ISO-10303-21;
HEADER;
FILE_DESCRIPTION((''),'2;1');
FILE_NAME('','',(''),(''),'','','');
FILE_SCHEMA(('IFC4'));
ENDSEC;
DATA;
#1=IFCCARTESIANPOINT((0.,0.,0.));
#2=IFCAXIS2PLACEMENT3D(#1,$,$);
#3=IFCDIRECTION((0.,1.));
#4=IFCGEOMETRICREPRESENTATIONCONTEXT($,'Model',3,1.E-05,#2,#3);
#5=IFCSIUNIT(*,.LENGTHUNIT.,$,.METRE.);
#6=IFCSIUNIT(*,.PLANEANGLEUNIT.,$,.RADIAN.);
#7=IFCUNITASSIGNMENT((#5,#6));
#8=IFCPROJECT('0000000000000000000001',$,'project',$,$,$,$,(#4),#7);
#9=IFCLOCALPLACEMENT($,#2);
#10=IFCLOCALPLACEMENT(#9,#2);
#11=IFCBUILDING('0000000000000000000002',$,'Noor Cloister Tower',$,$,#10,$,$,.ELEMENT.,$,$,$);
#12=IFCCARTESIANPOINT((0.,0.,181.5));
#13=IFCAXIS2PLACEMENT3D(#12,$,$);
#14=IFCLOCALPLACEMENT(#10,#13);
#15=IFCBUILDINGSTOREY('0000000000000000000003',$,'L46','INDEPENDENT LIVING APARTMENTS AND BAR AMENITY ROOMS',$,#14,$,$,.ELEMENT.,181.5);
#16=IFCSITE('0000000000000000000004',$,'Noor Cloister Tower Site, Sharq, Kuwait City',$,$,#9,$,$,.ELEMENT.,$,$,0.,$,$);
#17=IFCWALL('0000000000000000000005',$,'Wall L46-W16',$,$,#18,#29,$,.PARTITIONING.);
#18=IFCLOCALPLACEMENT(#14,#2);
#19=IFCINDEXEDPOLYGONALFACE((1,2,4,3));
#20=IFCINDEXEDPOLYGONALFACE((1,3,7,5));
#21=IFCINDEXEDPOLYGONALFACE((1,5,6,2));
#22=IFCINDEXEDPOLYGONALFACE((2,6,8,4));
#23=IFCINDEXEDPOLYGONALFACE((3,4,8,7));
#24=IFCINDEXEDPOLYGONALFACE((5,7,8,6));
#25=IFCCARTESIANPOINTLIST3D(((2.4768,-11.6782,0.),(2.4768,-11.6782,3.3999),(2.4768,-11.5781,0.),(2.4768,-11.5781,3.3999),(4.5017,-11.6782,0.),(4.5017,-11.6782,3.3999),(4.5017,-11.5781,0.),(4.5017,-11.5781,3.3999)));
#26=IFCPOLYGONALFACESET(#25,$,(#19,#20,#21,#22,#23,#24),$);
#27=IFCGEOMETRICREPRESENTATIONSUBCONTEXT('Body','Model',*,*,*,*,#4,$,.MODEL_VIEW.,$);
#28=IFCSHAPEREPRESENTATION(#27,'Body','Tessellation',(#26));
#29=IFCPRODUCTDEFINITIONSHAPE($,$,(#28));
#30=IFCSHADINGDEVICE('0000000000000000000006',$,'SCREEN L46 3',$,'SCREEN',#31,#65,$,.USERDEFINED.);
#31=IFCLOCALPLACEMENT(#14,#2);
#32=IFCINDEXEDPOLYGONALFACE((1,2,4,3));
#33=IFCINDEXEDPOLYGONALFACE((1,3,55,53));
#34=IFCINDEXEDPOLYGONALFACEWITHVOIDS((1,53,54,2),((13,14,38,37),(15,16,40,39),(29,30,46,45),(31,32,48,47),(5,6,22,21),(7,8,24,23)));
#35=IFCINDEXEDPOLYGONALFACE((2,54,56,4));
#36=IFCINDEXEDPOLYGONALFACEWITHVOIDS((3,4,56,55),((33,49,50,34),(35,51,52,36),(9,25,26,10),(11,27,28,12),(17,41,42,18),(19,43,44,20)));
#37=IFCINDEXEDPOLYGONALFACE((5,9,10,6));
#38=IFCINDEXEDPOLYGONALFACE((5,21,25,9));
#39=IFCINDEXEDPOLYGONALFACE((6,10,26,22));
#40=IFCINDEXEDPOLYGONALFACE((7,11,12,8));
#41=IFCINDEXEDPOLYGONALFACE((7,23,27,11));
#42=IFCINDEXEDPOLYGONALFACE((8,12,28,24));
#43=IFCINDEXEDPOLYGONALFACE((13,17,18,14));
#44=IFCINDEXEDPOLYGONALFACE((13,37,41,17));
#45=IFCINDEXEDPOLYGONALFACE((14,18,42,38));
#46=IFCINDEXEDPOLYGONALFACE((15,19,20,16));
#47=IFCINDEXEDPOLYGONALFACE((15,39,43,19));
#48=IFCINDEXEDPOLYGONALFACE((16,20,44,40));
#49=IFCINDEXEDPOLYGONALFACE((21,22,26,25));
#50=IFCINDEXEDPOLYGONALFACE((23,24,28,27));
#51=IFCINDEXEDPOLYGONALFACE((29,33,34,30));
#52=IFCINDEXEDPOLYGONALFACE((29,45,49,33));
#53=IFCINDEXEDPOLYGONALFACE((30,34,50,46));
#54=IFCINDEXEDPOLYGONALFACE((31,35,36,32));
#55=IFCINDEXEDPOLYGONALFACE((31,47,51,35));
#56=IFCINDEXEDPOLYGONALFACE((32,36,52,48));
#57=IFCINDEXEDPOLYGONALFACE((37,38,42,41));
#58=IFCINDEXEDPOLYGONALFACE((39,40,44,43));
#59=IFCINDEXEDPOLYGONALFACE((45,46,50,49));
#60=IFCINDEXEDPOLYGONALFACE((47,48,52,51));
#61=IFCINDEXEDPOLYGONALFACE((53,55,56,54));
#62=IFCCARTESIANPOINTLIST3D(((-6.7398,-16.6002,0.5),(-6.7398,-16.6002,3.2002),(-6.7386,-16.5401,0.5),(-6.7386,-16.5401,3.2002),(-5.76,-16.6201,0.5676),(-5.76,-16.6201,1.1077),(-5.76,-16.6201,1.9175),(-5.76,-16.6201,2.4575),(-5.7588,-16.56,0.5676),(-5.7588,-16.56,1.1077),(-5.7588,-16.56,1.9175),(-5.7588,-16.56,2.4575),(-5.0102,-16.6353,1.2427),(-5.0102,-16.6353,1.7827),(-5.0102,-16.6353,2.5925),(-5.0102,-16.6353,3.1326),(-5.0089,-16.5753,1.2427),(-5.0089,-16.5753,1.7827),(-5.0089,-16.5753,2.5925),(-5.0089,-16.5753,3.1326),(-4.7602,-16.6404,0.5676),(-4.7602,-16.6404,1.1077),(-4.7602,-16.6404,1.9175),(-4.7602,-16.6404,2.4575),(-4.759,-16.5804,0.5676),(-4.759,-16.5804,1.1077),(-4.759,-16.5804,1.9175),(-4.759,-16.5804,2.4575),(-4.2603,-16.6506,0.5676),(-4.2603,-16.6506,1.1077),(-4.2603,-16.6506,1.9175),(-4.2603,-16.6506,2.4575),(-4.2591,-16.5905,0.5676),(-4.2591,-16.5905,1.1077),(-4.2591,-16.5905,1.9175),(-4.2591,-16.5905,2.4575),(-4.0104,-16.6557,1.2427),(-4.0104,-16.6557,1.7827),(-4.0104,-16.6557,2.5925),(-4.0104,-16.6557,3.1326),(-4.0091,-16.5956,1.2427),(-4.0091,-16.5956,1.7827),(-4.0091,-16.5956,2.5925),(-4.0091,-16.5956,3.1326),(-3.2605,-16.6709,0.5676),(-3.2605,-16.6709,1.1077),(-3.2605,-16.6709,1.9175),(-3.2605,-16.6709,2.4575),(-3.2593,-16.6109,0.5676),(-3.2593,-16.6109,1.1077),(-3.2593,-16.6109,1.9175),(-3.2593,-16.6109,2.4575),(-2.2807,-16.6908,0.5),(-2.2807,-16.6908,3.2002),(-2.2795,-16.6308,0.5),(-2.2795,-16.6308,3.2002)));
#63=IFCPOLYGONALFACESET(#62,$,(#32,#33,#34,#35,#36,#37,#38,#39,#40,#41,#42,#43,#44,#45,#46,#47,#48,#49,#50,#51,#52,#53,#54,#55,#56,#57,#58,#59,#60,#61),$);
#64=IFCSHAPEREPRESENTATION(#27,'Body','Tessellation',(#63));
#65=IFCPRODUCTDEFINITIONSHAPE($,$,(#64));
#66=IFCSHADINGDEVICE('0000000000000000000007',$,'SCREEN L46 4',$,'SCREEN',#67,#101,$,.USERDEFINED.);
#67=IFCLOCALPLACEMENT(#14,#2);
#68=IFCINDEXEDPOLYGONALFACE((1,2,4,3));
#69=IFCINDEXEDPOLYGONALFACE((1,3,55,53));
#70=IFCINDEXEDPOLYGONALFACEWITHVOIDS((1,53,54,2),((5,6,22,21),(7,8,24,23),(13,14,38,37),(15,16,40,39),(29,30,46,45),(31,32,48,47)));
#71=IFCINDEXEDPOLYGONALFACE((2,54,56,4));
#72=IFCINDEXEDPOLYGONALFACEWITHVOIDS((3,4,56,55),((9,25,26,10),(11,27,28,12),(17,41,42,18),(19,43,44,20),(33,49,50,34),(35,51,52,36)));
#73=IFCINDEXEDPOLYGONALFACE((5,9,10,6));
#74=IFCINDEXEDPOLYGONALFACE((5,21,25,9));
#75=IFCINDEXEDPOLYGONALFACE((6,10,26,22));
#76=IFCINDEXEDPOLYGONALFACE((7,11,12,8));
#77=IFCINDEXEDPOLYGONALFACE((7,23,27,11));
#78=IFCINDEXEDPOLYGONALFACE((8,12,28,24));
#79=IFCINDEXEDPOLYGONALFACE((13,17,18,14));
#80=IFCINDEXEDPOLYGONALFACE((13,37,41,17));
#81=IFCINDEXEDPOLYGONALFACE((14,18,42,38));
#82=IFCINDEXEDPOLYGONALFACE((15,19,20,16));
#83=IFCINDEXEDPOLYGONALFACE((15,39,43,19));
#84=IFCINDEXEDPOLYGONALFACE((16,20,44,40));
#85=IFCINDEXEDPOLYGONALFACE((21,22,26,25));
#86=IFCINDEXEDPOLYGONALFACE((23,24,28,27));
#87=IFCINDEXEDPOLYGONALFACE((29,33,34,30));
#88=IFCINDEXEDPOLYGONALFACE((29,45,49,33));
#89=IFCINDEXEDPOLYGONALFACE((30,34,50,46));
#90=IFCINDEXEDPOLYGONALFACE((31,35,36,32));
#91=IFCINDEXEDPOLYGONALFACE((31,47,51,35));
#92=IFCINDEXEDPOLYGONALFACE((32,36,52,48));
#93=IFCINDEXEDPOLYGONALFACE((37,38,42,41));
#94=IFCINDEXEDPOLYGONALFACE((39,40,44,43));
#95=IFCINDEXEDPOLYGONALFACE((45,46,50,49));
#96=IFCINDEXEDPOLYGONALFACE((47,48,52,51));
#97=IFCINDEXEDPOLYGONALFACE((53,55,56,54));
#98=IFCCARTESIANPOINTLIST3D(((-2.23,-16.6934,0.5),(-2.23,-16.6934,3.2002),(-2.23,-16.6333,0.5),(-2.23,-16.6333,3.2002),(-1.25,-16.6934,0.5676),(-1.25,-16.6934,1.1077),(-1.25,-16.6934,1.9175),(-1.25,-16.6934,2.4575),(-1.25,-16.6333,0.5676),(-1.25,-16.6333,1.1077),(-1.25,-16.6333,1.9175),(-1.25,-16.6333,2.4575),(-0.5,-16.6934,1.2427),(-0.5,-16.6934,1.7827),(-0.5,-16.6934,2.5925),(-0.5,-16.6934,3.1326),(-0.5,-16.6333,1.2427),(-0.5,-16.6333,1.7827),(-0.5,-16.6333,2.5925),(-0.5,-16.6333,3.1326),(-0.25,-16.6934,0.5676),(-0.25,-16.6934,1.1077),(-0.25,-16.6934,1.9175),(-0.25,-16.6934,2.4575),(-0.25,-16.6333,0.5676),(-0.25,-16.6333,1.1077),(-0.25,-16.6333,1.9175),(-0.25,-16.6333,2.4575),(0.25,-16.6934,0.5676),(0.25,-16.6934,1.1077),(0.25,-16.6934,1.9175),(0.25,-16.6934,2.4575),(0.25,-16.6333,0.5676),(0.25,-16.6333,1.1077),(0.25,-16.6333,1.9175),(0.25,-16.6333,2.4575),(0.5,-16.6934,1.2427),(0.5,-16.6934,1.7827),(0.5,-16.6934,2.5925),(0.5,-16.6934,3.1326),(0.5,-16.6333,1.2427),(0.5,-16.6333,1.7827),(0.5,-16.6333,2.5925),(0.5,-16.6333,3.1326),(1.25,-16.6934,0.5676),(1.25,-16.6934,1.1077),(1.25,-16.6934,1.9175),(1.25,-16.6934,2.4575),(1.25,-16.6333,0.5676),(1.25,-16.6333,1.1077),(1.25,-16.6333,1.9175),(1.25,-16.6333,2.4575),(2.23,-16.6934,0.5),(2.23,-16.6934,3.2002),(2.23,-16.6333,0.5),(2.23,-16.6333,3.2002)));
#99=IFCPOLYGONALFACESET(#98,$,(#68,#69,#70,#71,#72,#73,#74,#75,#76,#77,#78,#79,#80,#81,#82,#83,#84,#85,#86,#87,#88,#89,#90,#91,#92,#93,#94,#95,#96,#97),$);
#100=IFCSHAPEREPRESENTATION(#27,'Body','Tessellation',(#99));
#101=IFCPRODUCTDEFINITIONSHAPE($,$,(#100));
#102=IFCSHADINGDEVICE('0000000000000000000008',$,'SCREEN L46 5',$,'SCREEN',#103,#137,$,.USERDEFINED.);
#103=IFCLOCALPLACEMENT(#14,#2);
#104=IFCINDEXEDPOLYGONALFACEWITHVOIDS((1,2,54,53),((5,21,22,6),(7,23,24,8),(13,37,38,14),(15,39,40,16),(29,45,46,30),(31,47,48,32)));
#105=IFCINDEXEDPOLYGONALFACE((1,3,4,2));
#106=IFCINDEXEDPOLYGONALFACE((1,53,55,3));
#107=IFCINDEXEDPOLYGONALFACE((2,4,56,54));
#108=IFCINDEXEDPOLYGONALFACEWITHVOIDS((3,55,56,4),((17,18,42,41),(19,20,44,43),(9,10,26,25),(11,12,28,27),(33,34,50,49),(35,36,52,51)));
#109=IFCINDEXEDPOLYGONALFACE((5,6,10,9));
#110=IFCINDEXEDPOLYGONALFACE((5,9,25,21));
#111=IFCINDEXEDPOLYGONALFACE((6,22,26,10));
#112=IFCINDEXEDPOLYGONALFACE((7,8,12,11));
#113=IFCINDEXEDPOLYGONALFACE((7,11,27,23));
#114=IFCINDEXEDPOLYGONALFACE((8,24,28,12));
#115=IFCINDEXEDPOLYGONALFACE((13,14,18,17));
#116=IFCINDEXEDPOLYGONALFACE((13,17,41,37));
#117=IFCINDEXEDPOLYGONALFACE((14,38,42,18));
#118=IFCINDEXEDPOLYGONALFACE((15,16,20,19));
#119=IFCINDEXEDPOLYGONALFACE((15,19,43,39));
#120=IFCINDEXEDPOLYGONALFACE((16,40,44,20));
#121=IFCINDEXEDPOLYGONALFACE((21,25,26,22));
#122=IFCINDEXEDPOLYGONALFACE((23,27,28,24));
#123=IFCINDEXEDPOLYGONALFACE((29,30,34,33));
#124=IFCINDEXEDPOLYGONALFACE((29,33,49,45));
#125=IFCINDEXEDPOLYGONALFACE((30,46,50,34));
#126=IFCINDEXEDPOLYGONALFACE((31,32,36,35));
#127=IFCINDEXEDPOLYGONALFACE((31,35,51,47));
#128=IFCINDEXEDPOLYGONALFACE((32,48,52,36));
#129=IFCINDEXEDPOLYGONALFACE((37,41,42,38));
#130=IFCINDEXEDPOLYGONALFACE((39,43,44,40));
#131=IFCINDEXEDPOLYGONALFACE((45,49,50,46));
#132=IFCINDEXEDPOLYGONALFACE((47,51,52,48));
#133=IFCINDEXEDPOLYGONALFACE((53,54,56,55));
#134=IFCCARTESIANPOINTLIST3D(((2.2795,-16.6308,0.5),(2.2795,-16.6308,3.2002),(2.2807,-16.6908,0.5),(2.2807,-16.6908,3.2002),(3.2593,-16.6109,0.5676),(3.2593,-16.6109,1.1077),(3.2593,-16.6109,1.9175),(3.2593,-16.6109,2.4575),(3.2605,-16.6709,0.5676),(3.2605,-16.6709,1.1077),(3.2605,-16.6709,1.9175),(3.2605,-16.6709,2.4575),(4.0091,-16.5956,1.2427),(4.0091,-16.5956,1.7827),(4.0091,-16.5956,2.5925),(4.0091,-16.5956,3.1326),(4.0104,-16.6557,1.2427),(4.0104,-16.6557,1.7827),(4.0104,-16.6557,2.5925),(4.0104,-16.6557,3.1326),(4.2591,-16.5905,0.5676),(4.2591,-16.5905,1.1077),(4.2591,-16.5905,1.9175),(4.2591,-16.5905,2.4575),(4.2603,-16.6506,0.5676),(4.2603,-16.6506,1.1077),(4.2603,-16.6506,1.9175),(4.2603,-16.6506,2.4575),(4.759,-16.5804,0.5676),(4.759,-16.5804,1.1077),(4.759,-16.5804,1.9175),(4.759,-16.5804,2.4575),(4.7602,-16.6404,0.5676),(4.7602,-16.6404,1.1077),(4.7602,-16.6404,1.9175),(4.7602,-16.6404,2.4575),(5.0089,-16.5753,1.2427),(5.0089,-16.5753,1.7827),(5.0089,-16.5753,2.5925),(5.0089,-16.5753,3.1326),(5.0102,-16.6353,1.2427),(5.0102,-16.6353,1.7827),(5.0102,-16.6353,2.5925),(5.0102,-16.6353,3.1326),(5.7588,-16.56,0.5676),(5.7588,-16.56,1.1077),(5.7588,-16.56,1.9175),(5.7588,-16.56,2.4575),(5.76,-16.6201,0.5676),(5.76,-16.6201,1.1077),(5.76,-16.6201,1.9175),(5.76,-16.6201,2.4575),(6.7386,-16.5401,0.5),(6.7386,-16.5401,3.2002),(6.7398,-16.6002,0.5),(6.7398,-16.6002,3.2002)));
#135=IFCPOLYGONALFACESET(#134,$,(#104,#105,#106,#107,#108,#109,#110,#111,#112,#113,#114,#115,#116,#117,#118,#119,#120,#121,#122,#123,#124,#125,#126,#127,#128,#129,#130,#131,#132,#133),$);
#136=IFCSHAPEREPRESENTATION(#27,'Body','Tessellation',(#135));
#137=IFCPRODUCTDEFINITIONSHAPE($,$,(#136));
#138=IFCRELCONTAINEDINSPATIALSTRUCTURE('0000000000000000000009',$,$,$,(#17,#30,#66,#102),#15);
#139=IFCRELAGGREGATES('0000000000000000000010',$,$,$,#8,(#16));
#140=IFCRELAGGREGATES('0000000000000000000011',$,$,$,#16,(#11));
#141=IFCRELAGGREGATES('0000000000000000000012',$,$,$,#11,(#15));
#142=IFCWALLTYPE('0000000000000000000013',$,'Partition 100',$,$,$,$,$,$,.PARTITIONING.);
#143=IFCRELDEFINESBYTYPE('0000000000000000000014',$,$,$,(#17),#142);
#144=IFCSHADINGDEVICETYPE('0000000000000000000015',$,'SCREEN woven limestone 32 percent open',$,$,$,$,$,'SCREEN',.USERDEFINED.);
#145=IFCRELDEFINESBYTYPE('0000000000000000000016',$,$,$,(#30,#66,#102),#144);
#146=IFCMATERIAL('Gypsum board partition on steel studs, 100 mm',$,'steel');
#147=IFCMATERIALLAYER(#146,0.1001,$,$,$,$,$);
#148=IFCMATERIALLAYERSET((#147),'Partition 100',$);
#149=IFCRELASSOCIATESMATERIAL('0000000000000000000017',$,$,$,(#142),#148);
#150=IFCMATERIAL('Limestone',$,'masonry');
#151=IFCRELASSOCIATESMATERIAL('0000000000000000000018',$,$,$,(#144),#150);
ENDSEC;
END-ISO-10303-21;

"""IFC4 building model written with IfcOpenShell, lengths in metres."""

from ifc_helpers import new_model, si_unit, direction, frame, frame_2d, origin, place, context, subcontext, project, spatial, polyline, rectangle, outline, extrude, material, layer, layer_set, material_profile, profile_set, type_object, element, save


model = new_model("IFC4")

# Units and contexts
model_context = context("Model", 3, precision=1e-05, world=origin(), true_north=direction((0.0, 1.0)))
body_context = subcontext(model_context, "Body", "Model", "MODEL_VIEW")
ifc_project = project(units=[si_unit("LENGTHUNIT", "METRE"), si_unit("PLANEANGLEUNIT", "RADIAN")], contexts=[model_context])

# Site, building, storey
site_placement = place(None, origin())
site = spatial("IfcSite", under=ifc_project, at=site_placement, Name="Noor Cloister Tower Site, Sharq, Kuwait City", CompositionType="ELEMENT", RefElevation=0.0)
building_placement = place(site_placement, origin())
building = spatial("IfcBuilding", under=site, at=building_placement, Name="Noor Cloister Tower", CompositionType="ELEMENT")
storey_placement = place(building_placement, frame((0.0, 0.0, 181.5)))
storey = spatial("IfcBuildingStorey", under=building, at=storey_placement, Name="L46", Description="INDEPENDENT LIVING APARTMENTS AND BAR AMENITY ROOMS", CompositionType="ELEMENT", Elevation=181.5)

# Wall
ifc_material_1 = material(Name="Gypsum board partition on steel studs, 100 mm", Category="steel")
ifc_layer_1 = layer(ifc_material_1, 0.1001)
ifc_layer_set_1 = layer_set([ifc_layer_1], Name="Partition 100")
wall_type_1 = type_object("IfcWallType", Name="Partition 100", PredefinedType="PARTITIONING", material=ifc_layer_set_1)
wall_1_placement = place(storey_placement, frame((2.4768, -11.6282, 0.0), z_axis=(0.0, 0.0, 1.0), x_axis=(1.0, 0.0, 0.0)))
element("IfcWall", 1, at=wall_1_placement, inside=storey, type_object=wall_type_1, Name="Wall L46-W16", PredefinedType="PARTITIONING", context=body_context, shape_type="SweptSolid", body=[
    extrude(rectangle(XDim=2.0249, YDim=0.1001, at=frame_2d((1.0125, 0.0))), origin(), (0.0, 0.0, 1.0), 3.3999),
])

# Shading devices
ifc_material_2 = material(Name="Limestone", Category="masonry")
ifc_material_profile_1 = material_profile(ifc_material_2, outline(polyline([(-2.23, -1.3501), (2.23, -1.3501), (2.23, 1.3501), (-2.23, 1.3501), (-2.23, -1.3501)]), holes=[polyline([(-1.25, -1.2825), (-0.25, -1.2825), (-0.25, -0.7424), (-1.25, -0.7424), (-1.25, -1.2825)]), polyline([(0.25, -1.2825), (1.25, -1.2825), (1.25, -0.7424), (0.25, -0.7424), (0.25, -1.2825)]), polyline([(-0.5, -0.6074), (0.5, -0.6074), (0.5, -0.0674), (-0.5, -0.0674), (-0.5, -0.6074)]), polyline([(-1.25, 0.0674), (-0.25, 0.0674), (-0.25, 0.6074), (-1.25, 0.6074), (-1.25, 0.0674)]), polyline([(0.25, 0.0674), (1.25, 0.0674), (1.25, 0.6074), (0.25, 0.6074), (0.25, 0.0674)]), polyline([(-0.5, 0.7424), (0.5, 0.7424), (0.5, 1.2825), (-0.5, 1.2825), (-0.5, 0.7424)])]), Name="Woven screen 32 percent open")
ifc_profile_set_1 = profile_set([ifc_material_profile_1], Name="Limestone")
shading_device_type = type_object("IfcShadingDeviceType", Name="SCREEN woven limestone 32 percent open", ElementType="SCREEN", PredefinedType="USERDEFINED", material=ifc_profile_set_1)
for number, where, z_axis, x_axis, name in (
    (2, (-4.509, -16.5854, 1.8501), (-0.020321, -0.999794, 0.0), (0.999794, -0.020321, 0.0), "SCREEN L46 3"),
    (3, (0.0, -16.6333, 1.8501), (0.0, -1.0, 0.0), (1.0, 0.0, 0.0), "SCREEN L46 4"),
    (4, (4.509, -16.5854, 1.8501), (0.020321, -0.999794, 0.0), (0.999794, 0.020321, 0.0), "SCREEN L46 5"),
):
    element("IfcShadingDevice", number, at=place(storey_placement, frame(where, z_axis=z_axis, x_axis=x_axis)), inside=storey, type_object=shading_device_type, Name=name, ObjectType="SCREEN", PredefinedType="USERDEFINED", context=body_context, shape_type="SweptSolid", body=[
        extrude(outline(polyline([(-2.23, -1.3501), (2.23, -1.3501), (2.23, 1.3501), (-2.23, 1.3501), (-2.23, -1.3501)]), holes=[polyline([(-1.25, -1.2825), (-0.25, -1.2825), (-0.25, -0.7424), (-1.25, -0.7424), (-1.25, -1.2825)]), polyline([(0.25, -1.2825), (1.25, -1.2825), (1.25, -0.7424), (0.25, -0.7424), (0.25, -1.2825)]), polyline([(-0.5, -0.6074), (0.5, -0.6074), (0.5, -0.0674), (-0.5, -0.0674), (-0.5, -0.6074)]), polyline([(-1.25, 0.0674), (-0.25, 0.0674), (-0.25, 0.6074), (-1.25, 0.6074), (-1.25, 0.0674)]), polyline([(0.25, 0.0674), (1.25, 0.0674), (1.25, 0.6074), (0.25, 0.6074), (0.25, 0.0674)]), polyline([(-0.5, 0.7424), (0.5, 0.7424), (0.5, 1.2825), (-0.5, 1.2825), (-0.5, 0.7424)])]), origin(), (0.0, 0.0, 1.0), 0.0601),
    ])

save(model, "model.ifc")
